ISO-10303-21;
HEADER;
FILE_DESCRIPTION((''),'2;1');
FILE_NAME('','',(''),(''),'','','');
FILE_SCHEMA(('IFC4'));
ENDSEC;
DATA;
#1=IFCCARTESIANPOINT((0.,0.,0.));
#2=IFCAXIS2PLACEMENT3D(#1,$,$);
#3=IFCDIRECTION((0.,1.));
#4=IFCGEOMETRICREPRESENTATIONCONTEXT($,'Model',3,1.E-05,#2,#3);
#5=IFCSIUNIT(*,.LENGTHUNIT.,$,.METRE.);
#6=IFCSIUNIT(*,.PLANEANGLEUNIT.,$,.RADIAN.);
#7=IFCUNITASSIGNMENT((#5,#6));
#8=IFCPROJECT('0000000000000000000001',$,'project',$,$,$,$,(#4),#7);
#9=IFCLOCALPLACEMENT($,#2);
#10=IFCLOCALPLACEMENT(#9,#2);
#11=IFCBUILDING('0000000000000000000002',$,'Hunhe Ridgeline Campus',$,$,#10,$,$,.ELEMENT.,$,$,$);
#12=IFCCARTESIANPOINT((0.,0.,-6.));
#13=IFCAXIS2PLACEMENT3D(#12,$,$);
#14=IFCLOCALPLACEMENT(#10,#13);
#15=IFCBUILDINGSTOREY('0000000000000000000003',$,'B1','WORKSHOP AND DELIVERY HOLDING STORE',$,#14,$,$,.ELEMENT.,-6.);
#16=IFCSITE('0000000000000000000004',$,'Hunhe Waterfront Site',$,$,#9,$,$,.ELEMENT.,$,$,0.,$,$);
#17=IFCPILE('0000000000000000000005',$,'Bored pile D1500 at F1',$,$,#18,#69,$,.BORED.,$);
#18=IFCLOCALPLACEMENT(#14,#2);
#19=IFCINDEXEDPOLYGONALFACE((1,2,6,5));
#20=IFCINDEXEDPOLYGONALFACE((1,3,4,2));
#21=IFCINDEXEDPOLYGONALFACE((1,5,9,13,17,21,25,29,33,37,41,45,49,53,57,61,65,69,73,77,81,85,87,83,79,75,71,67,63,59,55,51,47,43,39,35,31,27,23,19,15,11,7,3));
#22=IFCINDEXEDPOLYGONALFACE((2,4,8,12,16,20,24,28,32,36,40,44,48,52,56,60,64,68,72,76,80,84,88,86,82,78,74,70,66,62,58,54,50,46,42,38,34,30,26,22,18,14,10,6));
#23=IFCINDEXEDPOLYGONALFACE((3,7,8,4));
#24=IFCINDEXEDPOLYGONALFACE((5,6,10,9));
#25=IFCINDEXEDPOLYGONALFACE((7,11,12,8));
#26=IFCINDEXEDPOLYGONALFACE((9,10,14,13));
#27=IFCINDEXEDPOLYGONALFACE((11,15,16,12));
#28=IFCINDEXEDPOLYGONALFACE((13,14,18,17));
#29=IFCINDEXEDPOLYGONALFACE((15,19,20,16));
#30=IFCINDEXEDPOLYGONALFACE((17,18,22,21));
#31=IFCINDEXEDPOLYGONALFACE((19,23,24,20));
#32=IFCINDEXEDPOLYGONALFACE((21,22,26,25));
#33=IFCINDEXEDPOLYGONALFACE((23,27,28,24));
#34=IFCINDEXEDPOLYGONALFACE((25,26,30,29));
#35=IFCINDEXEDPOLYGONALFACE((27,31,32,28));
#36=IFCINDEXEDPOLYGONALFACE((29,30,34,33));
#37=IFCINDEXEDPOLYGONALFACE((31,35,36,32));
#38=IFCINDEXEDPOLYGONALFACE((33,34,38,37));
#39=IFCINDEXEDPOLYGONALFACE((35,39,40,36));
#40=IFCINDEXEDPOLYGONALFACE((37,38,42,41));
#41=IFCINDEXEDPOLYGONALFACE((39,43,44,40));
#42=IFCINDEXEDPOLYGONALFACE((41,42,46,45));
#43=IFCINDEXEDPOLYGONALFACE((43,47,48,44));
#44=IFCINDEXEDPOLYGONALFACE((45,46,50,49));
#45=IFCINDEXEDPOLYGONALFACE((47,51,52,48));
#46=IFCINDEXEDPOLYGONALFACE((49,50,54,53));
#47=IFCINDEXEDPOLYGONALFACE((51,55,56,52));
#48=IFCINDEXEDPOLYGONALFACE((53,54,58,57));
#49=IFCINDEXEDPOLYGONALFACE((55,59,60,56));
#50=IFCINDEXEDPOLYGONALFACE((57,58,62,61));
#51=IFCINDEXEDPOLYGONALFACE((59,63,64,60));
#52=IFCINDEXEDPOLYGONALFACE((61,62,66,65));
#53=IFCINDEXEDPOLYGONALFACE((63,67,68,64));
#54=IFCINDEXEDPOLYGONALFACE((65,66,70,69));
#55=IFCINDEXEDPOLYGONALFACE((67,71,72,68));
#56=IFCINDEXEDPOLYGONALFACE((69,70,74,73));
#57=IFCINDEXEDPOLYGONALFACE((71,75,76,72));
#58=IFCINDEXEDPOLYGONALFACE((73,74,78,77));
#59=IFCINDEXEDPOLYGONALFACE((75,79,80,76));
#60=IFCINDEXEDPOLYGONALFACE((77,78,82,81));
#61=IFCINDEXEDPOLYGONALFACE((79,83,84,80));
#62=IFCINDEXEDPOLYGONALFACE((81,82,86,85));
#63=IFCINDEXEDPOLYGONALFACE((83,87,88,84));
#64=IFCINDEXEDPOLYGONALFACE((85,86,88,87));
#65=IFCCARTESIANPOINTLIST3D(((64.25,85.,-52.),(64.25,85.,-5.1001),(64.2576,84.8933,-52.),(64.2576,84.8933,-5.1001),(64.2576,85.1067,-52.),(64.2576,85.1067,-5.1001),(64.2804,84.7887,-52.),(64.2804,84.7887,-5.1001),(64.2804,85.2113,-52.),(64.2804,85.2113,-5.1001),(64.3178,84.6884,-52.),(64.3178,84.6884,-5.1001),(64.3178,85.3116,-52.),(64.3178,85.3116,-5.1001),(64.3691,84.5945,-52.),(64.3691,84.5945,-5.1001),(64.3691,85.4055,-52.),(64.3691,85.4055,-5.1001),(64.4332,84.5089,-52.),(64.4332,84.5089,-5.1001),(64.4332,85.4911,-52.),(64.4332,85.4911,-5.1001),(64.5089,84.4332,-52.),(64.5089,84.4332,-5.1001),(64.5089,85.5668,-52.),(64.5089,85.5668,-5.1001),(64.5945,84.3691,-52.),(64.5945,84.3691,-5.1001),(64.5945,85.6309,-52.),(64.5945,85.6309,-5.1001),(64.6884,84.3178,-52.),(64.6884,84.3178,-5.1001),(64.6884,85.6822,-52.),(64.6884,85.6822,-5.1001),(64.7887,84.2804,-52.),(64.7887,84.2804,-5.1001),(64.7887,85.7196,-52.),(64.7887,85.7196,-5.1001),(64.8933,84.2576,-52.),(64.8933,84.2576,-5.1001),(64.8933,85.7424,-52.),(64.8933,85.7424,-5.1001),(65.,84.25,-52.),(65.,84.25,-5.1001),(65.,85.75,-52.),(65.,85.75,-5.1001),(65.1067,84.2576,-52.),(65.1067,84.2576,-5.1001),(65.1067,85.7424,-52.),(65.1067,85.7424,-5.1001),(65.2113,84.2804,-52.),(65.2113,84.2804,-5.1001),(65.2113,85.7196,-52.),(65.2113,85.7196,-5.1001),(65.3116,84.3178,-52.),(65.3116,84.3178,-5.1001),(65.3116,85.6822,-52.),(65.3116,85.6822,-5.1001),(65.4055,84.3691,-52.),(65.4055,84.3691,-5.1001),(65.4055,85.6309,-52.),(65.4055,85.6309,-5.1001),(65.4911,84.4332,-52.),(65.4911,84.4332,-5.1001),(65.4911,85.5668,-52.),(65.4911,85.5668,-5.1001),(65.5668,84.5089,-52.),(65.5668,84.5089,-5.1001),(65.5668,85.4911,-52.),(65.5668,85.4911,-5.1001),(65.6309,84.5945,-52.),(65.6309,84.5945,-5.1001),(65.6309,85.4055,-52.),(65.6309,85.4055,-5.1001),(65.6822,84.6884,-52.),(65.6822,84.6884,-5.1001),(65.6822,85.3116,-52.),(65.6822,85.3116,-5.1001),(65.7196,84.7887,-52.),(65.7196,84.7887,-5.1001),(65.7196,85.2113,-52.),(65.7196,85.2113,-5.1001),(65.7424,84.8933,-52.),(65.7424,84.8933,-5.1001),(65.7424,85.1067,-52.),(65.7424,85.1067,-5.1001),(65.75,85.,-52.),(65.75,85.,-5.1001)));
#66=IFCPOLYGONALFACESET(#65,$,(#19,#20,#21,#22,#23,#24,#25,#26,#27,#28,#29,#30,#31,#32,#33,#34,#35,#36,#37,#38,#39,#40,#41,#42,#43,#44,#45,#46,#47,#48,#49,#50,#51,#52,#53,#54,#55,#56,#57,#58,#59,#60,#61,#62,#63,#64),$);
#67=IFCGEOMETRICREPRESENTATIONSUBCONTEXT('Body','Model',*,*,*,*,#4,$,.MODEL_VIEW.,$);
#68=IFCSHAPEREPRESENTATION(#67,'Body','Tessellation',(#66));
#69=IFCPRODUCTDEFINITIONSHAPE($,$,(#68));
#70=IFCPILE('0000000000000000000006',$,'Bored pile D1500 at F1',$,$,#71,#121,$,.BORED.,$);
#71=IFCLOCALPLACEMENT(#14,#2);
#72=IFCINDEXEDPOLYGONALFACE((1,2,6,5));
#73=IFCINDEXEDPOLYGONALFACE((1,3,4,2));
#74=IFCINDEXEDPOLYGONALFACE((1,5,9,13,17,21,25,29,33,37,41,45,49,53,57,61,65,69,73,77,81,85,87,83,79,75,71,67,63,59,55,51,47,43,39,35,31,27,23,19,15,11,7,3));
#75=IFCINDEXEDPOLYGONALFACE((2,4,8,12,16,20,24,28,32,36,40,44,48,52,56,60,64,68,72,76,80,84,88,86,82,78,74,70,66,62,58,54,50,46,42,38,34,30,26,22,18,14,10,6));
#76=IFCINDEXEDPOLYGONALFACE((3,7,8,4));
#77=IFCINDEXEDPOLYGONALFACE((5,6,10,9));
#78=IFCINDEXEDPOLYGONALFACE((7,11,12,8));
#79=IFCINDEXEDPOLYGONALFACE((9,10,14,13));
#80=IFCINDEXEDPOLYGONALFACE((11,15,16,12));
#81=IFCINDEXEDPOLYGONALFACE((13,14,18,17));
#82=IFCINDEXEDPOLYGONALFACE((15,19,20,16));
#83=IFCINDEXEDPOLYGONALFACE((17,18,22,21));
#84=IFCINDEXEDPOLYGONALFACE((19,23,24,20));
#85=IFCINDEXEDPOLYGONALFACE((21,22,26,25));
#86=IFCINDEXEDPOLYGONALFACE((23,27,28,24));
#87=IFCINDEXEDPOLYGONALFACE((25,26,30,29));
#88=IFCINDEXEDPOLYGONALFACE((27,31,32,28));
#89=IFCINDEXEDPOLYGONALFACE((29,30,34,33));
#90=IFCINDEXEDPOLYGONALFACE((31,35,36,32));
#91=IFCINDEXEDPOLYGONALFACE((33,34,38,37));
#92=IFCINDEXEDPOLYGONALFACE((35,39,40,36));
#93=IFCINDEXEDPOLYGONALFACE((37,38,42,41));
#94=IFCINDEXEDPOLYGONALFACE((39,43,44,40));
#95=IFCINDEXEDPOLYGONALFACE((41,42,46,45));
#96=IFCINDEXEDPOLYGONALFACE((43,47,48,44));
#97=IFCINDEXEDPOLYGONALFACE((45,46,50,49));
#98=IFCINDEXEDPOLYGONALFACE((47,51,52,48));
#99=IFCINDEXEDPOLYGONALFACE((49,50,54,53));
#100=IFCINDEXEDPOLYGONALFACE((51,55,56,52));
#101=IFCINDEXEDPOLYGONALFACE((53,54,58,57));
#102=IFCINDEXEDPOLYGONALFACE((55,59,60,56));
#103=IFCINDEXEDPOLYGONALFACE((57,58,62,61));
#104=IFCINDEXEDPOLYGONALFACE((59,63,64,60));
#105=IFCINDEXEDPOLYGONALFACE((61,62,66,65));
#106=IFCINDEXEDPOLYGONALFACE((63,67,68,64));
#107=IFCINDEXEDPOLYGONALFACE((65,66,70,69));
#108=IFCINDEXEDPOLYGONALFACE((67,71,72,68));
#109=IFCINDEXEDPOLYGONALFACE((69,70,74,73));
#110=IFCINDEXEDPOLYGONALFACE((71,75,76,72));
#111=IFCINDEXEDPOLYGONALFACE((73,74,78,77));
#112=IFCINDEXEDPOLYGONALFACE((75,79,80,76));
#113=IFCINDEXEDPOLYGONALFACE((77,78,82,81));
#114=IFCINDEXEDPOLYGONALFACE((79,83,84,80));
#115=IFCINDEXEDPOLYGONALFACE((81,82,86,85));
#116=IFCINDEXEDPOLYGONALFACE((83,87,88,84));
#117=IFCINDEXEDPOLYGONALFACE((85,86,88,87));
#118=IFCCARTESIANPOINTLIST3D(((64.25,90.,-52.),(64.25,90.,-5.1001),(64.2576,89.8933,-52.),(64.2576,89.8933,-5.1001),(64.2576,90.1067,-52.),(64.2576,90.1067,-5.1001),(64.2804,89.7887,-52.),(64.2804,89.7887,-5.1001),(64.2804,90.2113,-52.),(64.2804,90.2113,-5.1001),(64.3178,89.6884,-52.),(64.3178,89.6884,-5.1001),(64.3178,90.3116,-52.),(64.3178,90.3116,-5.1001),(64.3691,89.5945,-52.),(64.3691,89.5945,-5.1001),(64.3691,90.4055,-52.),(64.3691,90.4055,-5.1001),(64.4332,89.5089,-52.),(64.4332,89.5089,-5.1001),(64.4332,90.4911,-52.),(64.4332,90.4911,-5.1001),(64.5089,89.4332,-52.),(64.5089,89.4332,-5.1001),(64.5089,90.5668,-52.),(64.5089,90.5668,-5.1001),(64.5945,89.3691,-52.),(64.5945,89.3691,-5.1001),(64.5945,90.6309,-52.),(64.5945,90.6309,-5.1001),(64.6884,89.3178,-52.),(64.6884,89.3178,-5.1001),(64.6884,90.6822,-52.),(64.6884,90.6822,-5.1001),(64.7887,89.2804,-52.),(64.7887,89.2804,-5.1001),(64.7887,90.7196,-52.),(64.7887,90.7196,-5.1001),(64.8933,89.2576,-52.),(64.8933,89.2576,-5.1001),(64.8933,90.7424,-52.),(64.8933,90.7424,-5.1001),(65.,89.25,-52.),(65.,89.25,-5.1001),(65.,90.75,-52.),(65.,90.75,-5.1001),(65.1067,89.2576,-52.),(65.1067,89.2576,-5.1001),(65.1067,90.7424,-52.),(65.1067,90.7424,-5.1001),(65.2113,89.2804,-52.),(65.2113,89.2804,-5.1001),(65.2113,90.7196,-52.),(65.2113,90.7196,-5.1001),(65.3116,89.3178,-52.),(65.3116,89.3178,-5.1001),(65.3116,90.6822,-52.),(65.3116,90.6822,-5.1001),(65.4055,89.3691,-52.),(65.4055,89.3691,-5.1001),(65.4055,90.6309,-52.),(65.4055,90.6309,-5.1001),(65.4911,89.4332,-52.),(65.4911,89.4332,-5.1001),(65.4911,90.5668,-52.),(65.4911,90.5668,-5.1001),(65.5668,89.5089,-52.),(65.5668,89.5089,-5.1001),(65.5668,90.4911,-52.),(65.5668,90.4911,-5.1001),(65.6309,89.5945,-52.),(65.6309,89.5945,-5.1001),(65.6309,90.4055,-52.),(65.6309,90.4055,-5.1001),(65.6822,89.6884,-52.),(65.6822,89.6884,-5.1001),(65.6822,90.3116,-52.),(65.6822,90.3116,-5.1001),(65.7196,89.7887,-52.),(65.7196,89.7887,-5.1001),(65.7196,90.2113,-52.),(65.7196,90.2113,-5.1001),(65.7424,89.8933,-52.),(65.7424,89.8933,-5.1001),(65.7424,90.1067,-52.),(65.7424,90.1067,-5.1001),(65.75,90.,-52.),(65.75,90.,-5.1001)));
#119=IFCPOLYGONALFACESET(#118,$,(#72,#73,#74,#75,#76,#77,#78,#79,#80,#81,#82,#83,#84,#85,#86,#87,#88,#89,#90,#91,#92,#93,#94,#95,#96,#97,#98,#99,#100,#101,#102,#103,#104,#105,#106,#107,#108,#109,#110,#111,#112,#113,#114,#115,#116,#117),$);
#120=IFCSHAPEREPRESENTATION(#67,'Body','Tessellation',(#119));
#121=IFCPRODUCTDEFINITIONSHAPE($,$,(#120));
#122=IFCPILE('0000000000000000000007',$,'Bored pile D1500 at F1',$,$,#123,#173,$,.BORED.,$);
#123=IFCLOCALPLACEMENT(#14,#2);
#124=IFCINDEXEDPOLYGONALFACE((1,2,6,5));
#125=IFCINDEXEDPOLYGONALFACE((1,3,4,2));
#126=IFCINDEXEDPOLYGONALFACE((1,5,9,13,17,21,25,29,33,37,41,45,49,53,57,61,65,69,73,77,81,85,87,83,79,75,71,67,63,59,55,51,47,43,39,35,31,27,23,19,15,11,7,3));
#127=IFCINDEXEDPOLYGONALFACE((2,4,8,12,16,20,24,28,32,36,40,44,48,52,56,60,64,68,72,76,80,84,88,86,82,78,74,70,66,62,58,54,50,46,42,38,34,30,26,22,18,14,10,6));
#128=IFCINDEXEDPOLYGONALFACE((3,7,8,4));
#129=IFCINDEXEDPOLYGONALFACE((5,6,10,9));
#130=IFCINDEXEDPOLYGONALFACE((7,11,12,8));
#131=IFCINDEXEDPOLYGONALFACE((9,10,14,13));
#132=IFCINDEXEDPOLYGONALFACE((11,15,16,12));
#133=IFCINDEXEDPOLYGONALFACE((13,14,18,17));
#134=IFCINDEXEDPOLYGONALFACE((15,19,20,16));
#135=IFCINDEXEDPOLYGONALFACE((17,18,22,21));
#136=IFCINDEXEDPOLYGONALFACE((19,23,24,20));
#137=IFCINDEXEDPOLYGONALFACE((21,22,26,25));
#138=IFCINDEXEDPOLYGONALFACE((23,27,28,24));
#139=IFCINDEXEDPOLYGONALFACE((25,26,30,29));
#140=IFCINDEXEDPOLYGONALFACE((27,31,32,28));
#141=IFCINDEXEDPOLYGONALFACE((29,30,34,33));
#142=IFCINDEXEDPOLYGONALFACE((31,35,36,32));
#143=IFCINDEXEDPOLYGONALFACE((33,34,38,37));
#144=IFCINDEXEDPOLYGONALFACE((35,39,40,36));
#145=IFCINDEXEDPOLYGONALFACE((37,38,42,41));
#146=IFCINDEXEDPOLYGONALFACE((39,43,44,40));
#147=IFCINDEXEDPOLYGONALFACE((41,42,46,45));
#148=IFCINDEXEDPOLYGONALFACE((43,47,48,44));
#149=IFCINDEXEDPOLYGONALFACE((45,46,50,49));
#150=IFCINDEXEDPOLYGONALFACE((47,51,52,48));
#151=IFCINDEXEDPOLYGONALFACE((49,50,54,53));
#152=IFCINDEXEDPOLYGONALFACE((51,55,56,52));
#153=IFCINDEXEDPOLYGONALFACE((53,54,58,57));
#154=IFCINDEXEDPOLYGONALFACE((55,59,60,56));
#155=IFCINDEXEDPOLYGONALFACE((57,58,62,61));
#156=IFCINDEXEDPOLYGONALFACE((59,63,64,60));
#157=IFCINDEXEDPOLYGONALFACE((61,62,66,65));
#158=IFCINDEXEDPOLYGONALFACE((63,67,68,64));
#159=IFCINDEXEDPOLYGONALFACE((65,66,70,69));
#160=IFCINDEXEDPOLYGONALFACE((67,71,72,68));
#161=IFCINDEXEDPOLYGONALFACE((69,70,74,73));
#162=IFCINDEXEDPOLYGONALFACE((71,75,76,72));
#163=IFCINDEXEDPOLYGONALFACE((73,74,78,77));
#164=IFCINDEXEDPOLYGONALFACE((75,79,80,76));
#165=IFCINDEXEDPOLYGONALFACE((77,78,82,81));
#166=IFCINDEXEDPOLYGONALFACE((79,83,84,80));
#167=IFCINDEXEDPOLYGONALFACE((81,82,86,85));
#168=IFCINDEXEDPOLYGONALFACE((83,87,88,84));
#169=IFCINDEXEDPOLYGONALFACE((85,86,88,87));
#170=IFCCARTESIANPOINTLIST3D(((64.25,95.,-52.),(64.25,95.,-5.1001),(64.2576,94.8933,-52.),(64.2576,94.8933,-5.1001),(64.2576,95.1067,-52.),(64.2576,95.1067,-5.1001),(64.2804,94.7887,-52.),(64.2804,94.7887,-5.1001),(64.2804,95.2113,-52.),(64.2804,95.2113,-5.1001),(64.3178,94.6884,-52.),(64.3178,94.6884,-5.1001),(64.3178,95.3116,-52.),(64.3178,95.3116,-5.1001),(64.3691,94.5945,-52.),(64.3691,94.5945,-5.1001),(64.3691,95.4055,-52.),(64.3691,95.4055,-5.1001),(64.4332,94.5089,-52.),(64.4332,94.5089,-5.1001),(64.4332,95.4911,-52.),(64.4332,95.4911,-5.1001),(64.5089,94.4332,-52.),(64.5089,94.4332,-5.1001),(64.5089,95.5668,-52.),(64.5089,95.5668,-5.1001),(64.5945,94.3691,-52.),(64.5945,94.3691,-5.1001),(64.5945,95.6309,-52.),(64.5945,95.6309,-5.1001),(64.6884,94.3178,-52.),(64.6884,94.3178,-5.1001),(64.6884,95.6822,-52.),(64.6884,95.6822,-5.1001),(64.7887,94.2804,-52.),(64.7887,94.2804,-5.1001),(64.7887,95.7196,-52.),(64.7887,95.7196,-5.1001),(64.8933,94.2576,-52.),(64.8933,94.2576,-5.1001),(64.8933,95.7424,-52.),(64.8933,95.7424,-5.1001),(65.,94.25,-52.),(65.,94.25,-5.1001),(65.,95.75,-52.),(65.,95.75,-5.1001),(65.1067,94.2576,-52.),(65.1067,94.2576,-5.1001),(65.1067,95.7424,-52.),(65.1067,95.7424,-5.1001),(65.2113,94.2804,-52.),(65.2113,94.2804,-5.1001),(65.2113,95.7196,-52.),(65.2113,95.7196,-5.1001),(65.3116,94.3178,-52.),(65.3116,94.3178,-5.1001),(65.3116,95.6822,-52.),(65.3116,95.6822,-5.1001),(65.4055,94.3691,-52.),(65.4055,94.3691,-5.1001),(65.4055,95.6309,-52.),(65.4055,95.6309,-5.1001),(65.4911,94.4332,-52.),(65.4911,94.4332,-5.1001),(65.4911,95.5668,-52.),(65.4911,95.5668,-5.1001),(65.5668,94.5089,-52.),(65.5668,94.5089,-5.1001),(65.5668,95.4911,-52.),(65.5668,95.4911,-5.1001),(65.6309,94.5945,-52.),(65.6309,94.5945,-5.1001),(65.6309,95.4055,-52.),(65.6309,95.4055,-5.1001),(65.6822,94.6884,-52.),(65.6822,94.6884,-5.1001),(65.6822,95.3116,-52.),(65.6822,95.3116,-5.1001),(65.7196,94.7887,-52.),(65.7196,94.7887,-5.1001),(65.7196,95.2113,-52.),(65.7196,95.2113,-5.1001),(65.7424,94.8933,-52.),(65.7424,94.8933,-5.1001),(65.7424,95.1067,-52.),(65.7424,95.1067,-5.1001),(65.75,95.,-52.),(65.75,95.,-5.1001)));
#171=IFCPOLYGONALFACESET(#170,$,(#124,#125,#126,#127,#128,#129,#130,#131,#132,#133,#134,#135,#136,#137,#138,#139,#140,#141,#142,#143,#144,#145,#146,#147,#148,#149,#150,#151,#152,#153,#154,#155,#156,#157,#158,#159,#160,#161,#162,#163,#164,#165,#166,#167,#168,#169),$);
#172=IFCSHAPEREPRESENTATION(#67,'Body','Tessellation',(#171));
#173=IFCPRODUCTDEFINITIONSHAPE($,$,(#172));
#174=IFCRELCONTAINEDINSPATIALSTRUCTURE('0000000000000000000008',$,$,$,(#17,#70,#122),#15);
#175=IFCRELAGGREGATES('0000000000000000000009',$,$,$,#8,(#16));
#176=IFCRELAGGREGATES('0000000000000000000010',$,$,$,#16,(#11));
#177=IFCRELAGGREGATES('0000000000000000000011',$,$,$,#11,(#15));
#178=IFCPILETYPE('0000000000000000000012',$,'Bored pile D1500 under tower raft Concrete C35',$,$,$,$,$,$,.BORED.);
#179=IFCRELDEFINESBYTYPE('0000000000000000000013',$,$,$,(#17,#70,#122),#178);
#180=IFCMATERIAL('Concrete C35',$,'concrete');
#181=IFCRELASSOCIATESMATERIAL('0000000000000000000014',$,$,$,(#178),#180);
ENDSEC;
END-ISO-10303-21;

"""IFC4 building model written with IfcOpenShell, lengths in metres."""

from ifc_helpers import new_model, si_unit, direction, frame, origin, origin_2d, place, context, subcontext, project, spatial, circle, extrude, material, material_profile, profile_set, type_object, element, save


model = new_model("IFC4")

# Units and contexts
model_context = context("Model", 3, precision=1e-05, world=origin(), true_north=direction((0.0, 1.0)))
body_context = subcontext(model_context, "Body", "Model", "MODEL_VIEW")
ifc_project = project(units=[si_unit("LENGTHUNIT", "METRE"), si_unit("PLANEANGLEUNIT", "RADIAN")], contexts=[model_context])

# Site, building, storey
site_placement = place(None, origin())
site = spatial("IfcSite", under=ifc_project, at=site_placement, Name="Hunhe Waterfront Site", CompositionType="ELEMENT", RefElevation=0.0)
building_placement = place(site_placement, origin())
building = spatial("IfcBuilding", under=site, at=building_placement, Name="Hunhe Ridgeline Campus", CompositionType="ELEMENT")
storey_placement = place(building_placement, frame((0.0, 0.0, -6.0)))
storey = spatial("IfcBuildingStorey", under=building, at=storey_placement, Name="B1", Description="WORKSHOP AND DELIVERY HOLDING STORE", CompositionType="ELEMENT", Elevation=-6.0)

# Piles
ifc_material_1 = material(Name="Concrete C35", Category="concrete")
ifc_material_profile_1 = material_profile(ifc_material_1, circle(Radius=0.75, at=origin_2d()))
ifc_profile_set_1 = profile_set([ifc_material_profile_1], Name="Concrete C35")
pile_type = type_object("IfcPileType", Name="Bored pile D1500 under tower raft Concrete C35", PredefinedType="BORED", material=ifc_profile_set_1)
for number, where, z_axis, x_axis, name in (
    (1, (65.0, 85.0, -5.1001), (0.0, 0.0, -1.0), (1.0, 0.0, 0.0), "Bored pile D1500 at F1"),
    (2, (65.0, 90.0, -5.1001), (0.0, 0.0, -1.0), (1.0, 0.0, 0.0), "Bored pile D1500 at F1"),
    (3, (65.0, 95.0, -5.1001), (0.0, 0.0, -1.0), (1.0, 0.0, 0.0), "Bored pile D1500 at F1"),
):
    element("IfcPile", number, at=place(storey_placement, frame(where, z_axis=z_axis, x_axis=x_axis)), inside=storey, type_object=pile_type, Name=name, PredefinedType="BORED", context=body_context, shape_type="SweptSolid", body=[
        extrude(circle(Radius=0.75, at=origin_2d()), origin(), (0.0, 0.0, 1.0), 46.8999),
    ])

save(model, "model.ifc")
